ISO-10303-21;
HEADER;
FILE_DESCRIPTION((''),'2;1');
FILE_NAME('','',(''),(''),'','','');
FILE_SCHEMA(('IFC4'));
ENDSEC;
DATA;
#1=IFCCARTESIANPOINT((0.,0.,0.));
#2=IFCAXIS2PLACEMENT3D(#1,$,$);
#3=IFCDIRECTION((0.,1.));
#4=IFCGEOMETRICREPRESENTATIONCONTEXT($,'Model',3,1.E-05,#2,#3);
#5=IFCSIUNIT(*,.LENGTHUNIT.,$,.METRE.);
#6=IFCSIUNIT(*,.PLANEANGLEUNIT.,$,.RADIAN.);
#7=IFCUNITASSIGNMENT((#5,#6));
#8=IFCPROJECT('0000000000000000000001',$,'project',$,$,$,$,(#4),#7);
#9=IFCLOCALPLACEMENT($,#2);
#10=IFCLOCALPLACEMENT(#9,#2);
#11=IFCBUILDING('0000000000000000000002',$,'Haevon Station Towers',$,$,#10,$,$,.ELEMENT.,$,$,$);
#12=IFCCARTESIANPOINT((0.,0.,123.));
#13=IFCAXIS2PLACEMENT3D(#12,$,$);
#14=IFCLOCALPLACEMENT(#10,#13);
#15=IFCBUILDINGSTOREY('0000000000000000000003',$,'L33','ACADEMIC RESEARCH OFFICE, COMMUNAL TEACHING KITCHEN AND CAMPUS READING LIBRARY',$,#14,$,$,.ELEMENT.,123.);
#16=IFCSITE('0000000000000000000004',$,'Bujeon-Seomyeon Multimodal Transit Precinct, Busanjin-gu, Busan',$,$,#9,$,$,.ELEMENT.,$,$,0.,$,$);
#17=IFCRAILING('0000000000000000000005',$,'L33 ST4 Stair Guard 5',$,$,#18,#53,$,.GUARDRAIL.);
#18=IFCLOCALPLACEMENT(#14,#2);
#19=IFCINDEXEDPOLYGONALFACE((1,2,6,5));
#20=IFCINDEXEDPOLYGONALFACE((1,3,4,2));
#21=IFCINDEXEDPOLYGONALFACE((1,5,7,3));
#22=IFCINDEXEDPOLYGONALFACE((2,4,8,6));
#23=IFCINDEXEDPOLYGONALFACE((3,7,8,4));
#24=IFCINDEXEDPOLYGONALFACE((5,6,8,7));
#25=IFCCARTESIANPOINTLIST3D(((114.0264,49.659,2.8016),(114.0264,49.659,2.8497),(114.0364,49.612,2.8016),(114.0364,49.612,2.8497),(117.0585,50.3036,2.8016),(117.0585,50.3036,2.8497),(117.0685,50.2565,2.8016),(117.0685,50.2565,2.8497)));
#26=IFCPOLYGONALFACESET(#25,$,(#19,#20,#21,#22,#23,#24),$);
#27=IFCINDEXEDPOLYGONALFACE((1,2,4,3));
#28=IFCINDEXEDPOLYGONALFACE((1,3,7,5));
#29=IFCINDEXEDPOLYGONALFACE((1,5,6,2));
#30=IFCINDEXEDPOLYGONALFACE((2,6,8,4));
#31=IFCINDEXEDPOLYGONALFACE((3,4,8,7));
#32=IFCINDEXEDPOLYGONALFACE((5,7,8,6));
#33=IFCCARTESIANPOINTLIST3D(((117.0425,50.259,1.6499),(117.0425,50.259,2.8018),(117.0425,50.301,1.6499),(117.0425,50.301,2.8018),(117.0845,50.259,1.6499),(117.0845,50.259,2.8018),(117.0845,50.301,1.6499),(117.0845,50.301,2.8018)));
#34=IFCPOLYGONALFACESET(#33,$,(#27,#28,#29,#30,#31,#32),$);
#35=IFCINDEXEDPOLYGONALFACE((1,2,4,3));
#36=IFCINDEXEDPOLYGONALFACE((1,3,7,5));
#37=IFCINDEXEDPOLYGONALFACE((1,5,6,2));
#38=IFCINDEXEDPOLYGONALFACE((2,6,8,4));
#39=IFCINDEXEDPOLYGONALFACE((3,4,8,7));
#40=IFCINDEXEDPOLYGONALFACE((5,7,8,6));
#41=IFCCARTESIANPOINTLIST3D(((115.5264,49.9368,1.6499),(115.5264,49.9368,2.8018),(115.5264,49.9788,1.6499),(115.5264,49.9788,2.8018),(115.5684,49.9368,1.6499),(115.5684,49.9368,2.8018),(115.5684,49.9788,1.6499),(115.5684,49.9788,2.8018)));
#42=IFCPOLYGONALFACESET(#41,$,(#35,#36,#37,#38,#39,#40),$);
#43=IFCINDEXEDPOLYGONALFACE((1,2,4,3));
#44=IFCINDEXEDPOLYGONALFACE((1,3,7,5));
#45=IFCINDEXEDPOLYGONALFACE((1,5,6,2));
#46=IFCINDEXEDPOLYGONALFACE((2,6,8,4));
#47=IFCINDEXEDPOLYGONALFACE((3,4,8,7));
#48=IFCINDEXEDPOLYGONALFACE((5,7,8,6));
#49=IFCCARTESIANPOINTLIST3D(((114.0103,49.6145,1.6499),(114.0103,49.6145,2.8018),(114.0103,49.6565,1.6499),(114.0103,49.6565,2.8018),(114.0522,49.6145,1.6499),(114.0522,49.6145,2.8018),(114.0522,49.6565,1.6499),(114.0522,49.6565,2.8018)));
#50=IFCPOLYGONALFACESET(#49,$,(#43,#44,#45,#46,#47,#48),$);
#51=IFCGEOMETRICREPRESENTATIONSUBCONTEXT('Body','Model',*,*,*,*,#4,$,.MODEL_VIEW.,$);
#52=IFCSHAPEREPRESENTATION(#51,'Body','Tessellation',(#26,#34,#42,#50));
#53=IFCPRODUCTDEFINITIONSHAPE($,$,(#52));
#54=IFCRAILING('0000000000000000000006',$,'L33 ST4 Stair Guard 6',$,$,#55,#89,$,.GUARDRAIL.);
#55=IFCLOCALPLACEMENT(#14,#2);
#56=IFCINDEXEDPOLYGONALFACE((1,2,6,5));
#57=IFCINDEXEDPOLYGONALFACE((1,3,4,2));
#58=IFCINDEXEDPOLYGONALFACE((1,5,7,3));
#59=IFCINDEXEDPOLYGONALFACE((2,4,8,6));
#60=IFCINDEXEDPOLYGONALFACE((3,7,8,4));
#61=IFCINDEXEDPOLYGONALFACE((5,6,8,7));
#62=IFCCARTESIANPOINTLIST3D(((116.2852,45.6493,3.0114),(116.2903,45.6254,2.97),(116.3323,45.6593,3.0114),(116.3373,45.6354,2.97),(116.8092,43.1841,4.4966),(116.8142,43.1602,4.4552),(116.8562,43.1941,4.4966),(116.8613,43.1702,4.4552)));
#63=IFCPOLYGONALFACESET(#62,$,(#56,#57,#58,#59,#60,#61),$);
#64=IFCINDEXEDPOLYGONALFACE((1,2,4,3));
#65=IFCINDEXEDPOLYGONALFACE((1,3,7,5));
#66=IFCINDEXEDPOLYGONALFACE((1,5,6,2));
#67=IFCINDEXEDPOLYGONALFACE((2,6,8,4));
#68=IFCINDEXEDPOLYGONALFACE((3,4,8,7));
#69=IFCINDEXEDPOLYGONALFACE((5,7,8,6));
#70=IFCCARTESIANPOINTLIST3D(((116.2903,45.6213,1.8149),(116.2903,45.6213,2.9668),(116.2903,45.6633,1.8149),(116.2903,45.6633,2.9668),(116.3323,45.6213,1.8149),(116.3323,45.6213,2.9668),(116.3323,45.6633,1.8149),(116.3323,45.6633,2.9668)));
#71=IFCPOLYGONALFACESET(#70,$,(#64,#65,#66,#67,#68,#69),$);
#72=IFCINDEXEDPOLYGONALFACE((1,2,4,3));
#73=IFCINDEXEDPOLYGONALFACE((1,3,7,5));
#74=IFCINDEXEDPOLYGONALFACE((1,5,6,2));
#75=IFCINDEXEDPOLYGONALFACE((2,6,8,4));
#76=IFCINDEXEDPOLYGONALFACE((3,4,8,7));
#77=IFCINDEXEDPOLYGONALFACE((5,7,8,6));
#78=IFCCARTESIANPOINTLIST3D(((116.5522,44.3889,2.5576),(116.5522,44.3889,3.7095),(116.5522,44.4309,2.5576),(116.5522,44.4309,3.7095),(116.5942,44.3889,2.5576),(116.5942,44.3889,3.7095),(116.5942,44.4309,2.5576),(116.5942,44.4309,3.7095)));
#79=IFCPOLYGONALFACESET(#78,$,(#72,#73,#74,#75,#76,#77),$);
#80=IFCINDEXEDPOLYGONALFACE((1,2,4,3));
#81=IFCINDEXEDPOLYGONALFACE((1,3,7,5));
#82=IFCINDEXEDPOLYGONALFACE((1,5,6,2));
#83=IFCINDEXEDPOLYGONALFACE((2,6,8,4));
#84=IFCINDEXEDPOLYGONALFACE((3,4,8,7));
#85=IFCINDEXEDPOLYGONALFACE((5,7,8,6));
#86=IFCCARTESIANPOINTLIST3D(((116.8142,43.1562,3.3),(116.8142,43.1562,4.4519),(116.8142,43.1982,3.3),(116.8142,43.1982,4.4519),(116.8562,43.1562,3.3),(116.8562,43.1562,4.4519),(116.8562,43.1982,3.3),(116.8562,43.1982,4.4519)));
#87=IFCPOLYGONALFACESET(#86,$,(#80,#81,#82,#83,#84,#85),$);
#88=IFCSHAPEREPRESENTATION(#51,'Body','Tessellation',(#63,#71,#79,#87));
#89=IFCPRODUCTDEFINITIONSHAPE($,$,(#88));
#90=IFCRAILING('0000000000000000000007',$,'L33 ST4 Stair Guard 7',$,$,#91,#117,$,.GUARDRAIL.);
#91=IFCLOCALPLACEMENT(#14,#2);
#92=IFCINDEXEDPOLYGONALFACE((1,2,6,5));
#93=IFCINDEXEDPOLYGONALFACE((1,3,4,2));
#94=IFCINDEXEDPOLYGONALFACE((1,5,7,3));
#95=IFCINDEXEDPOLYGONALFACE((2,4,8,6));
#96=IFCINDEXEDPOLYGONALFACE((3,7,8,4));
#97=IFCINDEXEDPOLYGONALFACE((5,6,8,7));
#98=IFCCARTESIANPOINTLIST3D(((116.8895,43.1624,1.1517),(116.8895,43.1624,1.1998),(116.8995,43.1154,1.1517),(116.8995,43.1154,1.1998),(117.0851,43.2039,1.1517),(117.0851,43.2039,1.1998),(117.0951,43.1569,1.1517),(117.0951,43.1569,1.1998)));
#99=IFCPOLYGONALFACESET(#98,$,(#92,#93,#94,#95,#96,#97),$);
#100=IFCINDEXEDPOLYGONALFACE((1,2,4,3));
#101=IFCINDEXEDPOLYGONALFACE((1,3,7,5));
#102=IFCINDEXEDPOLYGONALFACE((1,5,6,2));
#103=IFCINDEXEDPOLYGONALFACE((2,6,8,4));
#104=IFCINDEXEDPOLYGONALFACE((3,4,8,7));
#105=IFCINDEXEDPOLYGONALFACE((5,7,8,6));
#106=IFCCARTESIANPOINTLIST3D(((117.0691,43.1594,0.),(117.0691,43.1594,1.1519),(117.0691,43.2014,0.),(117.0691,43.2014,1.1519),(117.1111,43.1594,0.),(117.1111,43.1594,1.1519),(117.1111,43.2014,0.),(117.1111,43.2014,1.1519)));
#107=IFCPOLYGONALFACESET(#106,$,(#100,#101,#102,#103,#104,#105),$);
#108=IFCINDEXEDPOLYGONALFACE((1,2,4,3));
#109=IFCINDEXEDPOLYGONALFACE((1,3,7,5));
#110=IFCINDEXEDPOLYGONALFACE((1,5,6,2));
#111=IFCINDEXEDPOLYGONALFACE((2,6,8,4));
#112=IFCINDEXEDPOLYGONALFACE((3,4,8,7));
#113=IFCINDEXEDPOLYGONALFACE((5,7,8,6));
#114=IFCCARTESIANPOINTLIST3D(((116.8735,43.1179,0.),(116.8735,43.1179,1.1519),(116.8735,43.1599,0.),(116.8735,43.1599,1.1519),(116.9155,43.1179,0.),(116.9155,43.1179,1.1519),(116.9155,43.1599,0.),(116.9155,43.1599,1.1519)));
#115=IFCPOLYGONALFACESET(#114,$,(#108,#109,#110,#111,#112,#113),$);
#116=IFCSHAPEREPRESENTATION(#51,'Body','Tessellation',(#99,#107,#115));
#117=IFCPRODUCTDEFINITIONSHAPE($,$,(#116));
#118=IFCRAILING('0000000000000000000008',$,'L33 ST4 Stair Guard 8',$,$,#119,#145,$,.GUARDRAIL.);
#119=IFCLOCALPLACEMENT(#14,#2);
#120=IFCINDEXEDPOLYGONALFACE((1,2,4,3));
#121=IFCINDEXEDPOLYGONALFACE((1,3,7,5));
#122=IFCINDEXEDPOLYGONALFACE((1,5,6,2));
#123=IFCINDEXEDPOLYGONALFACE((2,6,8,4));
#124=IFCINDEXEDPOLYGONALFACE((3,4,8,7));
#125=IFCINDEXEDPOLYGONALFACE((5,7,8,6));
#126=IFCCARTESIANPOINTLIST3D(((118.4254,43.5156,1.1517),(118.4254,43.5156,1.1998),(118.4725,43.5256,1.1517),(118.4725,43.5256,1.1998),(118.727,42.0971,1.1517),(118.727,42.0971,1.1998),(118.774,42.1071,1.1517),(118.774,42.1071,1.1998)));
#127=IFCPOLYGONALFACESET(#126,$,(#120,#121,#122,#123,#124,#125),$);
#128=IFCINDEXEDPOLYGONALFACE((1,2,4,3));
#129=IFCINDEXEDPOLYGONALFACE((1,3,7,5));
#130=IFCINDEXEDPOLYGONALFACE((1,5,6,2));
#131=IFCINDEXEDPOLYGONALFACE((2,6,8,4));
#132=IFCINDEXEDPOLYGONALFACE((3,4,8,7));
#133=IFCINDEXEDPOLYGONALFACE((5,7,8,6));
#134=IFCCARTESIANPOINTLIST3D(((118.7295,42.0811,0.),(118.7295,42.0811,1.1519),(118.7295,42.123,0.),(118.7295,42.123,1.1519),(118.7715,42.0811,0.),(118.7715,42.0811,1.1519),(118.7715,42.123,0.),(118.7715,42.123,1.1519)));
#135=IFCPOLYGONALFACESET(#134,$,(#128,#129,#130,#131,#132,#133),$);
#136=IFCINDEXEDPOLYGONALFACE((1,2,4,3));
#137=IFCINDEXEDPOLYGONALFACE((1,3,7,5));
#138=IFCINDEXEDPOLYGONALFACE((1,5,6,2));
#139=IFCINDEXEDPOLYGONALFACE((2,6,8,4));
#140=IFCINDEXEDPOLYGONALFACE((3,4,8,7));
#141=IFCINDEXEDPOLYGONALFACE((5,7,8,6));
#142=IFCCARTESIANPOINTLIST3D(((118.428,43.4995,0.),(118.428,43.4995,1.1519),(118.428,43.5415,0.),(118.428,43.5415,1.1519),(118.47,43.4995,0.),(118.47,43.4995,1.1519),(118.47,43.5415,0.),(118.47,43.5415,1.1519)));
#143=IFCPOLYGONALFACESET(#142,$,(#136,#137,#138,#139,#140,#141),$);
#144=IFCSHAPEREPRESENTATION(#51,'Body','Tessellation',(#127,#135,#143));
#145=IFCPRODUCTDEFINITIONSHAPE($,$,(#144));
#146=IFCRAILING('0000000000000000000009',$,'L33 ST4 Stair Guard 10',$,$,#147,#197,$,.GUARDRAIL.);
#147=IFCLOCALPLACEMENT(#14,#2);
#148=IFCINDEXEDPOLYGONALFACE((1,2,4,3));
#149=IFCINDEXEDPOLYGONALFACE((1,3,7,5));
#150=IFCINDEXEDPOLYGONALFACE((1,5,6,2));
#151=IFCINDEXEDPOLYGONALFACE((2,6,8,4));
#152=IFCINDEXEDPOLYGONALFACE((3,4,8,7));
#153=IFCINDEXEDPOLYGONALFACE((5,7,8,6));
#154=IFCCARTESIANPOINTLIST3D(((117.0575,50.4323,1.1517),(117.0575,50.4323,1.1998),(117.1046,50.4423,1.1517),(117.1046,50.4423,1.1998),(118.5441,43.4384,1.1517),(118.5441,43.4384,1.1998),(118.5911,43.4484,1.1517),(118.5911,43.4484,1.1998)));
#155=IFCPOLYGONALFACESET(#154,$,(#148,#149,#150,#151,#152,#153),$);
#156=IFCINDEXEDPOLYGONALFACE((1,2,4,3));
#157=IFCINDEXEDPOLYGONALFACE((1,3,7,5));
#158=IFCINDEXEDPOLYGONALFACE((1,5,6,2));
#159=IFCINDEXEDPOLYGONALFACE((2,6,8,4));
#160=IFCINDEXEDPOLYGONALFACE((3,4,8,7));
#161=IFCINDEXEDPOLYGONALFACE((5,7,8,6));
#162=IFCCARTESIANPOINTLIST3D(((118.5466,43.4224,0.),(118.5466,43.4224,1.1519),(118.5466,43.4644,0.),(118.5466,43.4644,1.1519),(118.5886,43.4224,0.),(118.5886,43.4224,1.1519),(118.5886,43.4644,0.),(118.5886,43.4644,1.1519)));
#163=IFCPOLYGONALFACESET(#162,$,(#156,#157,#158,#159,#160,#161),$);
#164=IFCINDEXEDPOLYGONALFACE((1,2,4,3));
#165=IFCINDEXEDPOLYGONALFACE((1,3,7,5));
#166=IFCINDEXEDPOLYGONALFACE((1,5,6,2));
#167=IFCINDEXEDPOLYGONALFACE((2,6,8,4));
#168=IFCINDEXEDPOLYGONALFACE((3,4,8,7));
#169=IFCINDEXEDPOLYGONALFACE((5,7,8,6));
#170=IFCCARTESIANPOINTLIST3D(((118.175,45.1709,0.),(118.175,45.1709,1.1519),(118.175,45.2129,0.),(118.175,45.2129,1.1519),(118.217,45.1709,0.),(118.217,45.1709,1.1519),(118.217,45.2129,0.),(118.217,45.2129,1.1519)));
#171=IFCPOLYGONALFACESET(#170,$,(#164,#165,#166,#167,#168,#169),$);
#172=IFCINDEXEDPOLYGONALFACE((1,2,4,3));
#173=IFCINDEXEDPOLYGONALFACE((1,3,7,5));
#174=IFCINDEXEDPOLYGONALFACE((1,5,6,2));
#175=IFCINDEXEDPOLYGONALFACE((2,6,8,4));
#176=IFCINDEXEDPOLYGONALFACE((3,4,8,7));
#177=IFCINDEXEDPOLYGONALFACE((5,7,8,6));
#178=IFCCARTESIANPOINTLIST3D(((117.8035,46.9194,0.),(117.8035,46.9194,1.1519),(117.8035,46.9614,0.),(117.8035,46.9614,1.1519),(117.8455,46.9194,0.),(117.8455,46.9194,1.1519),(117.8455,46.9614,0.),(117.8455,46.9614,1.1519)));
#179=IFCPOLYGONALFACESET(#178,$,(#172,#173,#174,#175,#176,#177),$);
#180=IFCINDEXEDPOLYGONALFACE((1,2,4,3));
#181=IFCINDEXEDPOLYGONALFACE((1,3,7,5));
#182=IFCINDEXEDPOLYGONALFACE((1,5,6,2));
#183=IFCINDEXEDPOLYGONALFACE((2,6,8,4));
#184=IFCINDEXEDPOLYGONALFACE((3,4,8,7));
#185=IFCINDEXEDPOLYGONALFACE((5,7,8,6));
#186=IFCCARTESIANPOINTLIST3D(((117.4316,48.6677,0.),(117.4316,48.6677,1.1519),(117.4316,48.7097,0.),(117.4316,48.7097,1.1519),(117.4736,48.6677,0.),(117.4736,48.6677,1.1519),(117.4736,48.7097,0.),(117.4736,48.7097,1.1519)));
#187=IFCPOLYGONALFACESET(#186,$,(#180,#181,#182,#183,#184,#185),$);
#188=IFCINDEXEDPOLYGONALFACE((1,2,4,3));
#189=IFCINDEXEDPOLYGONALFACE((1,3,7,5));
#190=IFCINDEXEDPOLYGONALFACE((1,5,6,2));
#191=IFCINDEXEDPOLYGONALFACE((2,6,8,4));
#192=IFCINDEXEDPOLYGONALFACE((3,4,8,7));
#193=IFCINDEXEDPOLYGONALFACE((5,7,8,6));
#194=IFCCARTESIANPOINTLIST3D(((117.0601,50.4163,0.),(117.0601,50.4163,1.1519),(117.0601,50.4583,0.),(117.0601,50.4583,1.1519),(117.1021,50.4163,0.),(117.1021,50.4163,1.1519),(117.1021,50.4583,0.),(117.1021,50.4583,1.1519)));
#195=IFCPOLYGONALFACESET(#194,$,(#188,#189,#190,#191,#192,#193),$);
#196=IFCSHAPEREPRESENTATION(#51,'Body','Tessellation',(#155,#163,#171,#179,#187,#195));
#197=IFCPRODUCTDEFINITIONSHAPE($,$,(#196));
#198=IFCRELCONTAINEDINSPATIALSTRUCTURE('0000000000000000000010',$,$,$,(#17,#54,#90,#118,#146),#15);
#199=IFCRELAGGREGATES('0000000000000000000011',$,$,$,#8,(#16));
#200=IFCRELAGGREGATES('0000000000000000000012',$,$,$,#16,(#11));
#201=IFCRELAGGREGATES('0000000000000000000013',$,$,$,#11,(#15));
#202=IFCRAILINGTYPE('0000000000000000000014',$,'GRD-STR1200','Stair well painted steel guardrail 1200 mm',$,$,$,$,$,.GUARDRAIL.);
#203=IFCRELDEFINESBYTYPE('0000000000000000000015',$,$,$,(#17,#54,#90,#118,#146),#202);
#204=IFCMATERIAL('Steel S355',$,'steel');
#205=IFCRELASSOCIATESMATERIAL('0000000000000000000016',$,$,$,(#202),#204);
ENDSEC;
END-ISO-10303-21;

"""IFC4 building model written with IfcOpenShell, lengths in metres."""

from ifc_helpers import new_model, si_unit, direction, frame, origin, origin_2d, place, context, subcontext, project, spatial, rectangle, extrude, material, type_object, element, save


model = new_model("IFC4")

# Units and contexts
model_context = context("Model", 3, precision=1e-05, world=origin(), true_north=direction((0.0, 1.0)))
body_context = subcontext(model_context, "Body", "Model", "MODEL_VIEW")
ifc_project = project(units=[si_unit("LENGTHUNIT", "METRE"), si_unit("PLANEANGLEUNIT", "RADIAN")], contexts=[model_context])

# Site, building, storey
site_placement = place(None, origin())
site = spatial("IfcSite", under=ifc_project, at=site_placement, Name="Bujeon-Seomyeon Multimodal Transit Precinct, Busanjin-gu, Busan", CompositionType="ELEMENT", RefElevation=0.0)
building_placement = place(site_placement, origin())
building = spatial("IfcBuilding", under=site, at=building_placement, Name="Haevon Station Towers", CompositionType="ELEMENT")
storey_placement = place(building_placement, frame((0.0, 0.0, 123.0)))
storey = spatial("IfcBuildingStorey", under=building, at=storey_placement, Name="L33", Description="ACADEMIC RESEARCH OFFICE, COMMUNAL TEACHING KITCHEN AND CAMPUS READING LIBRARY", CompositionType="ELEMENT", Elevation=123.0)

# Shared definitions
ifc_material_1 = material(Name="Steel S355", Category="steel")

# Railings
railing_type_1 = type_object("IfcRailingType", Name="GRD-STR1200", Description="Stair well painted steel guardrail 1200 mm", PredefinedType="GUARDRAIL", material=ifc_material_1)
railing_1_placement = place(storey_placement, frame((117.0635, 50.28, 1.6499)))
element("IfcRailing", 1, at=railing_1_placement, inside=storey, type_object=railing_type_1, Name="L33 ST4 Stair Guard 5", PredefinedType="GUARDRAIL", context=body_context, shape_type="SweptSolid", body=[
    extrude(rectangle(XDim=0.0481, YDim=0.0481, at=origin_2d()), frame((0.0, 0.0, 1.1758), z_axis=(-0.978147, -0.207915, 0.0), x_axis=(0.207915, -0.978147, 0.0)), (0.0, 0.0, 1.0), 3.0999),
    extrude(rectangle(XDim=0.042, YDim=0.042, at=origin_2d()), origin(), (0.0, 0.0, 1.0), 1.1519),
    extrude(rectangle(XDim=0.042, YDim=0.042, at=origin_2d()), frame((-1.5161, -0.3223, 0.0)), (0.0, 0.0, 1.0), 1.1519),
    extrude(rectangle(XDim=0.042, YDim=0.042, at=origin_2d()), frame((-3.0322, -0.6445, 0.0)), (0.0, 0.0, 1.0), 1.1519),
])
railing_2_placement = place(storey_placement, frame((116.3113, 45.6423, 1.8149)))
element("IfcRailing", 2, at=railing_2_placement, inside=storey, type_object=railing_type_1, Name="L33 ST4 Stair Guard 6", PredefinedType="GUARDRAIL", context=body_context, shape_type="SweptSolid", body=[
    extrude(rectangle(XDim=0.0481, YDim=0.0481, at=origin_2d()), frame((0.0, 0.0, 1.1758), z_axis=(0.179109, -0.842712, 0.507697), x_axis=(0.978151, 0.207895, 0.0)), (0.0, 0.0, 1.0), 2.9253),
    extrude(rectangle(XDim=0.042, YDim=0.042, at=origin_2d()), origin(), (0.0, 0.0, 1.0), 1.1519),
    extrude(rectangle(XDim=0.042, YDim=0.042, at=origin_2d()), frame((0.262, -1.2324, 0.7427)), (0.0, 0.0, 1.0), 1.1519),
    extrude(rectangle(XDim=0.042, YDim=0.042, at=origin_2d()), frame((0.5239, -2.4651, 1.4851)), (0.0, 0.0, 1.0), 1.1519),
])
railing_3_placement = place(storey_placement, frame((117.0901, 43.1804, 0.0)))
element("IfcRailing", 3, at=railing_3_placement, inside=storey, type_object=railing_type_1, Name="L33 ST4 Stair Guard 7", PredefinedType="GUARDRAIL", context=body_context, shape_type="SweptSolid", body=[
    extrude(rectangle(XDim=0.0481, YDim=0.0481, at=origin_2d()), frame((0.0, 0.0, 1.1758), z_axis=(-0.978212, -0.20761, 0.0), x_axis=(0.20761, -0.978212, 0.0)), (0.0, 0.0, 1.0), 0.2),
    extrude(rectangle(XDim=0.042, YDim=0.042, at=origin_2d()), origin(), (0.0, 0.0, 1.0), 1.1519),
    extrude(rectangle(XDim=0.042, YDim=0.042, at=origin_2d()), frame((-0.1956, -0.0415, 0.0)), (0.0, 0.0, 1.0), 1.1519),
])
railing_4_placement = place(storey_placement, frame((118.7505, 42.1021, 0.0)))
element("IfcRailing", 4, at=railing_4_placement, inside=storey, type_object=railing_type_1, Name="L33 ST4 Stair Guard 8", PredefinedType="GUARDRAIL", context=body_context, shape_type="SweptSolid", body=[
    extrude(rectangle(XDim=0.0481, YDim=0.0481, at=origin_2d()), frame((0.0, 0.0, 1.1758), z_axis=(-0.207919, 0.978146, 0.0), x_axis=(-0.978146, -0.207919, 0.0)), (0.0, 0.0, 1.0), 1.4502),
    extrude(rectangle(XDim=0.042, YDim=0.042, at=origin_2d()), origin(), (0.0, 0.0, 1.0), 1.1519),
    extrude(rectangle(XDim=0.042, YDim=0.042, at=origin_2d()), frame((-0.3015, 1.4185, 0.0)), (0.0, 0.0, 1.0), 1.1519),
])
railing_5_placement = place(storey_placement, frame((118.5676, 43.4434, 0.0)))
element("IfcRailing", 5, at=railing_5_placement, inside=storey, type_object=railing_type_1, Name="L33 ST4 Stair Guard 10", PredefinedType="GUARDRAIL", context=body_context, shape_type="SweptSolid", body=[
    extrude(rectangle(XDim=0.0481, YDim=0.0481, at=origin_2d()), frame((0.0, 0.0, 1.1758), z_axis=(-0.207908, 0.978148, 0.0), x_axis=(-0.978148, -0.207908, 0.0)), (0.0, 0.0, 1.0), 7.1501),
    extrude(rectangle(XDim=0.042, YDim=0.042, at=origin_2d()), origin(), (0.0, 0.0, 1.0), 1.1519),
    extrude(rectangle(XDim=0.042, YDim=0.042, at=origin_2d()), frame((-0.3716, 1.7485, 0.0)), (0.0, 0.0, 1.0), 1.1519),
    extrude(rectangle(XDim=0.042, YDim=0.042, at=origin_2d()), frame((-0.7432, 3.4971, 0.0)), (0.0, 0.0, 1.0), 1.1519),
    extrude(rectangle(XDim=0.042, YDim=0.042, at=origin_2d()), frame((-1.115, 5.2454, 0.0)), (0.0, 0.0, 1.0), 1.1519),
    extrude(rectangle(XDim=0.042, YDim=0.042, at=origin_2d()), frame((-1.4866, 6.9939, 0.0)), (0.0, 0.0, 1.0), 1.1519),
])

save(model, "model.ifc")
